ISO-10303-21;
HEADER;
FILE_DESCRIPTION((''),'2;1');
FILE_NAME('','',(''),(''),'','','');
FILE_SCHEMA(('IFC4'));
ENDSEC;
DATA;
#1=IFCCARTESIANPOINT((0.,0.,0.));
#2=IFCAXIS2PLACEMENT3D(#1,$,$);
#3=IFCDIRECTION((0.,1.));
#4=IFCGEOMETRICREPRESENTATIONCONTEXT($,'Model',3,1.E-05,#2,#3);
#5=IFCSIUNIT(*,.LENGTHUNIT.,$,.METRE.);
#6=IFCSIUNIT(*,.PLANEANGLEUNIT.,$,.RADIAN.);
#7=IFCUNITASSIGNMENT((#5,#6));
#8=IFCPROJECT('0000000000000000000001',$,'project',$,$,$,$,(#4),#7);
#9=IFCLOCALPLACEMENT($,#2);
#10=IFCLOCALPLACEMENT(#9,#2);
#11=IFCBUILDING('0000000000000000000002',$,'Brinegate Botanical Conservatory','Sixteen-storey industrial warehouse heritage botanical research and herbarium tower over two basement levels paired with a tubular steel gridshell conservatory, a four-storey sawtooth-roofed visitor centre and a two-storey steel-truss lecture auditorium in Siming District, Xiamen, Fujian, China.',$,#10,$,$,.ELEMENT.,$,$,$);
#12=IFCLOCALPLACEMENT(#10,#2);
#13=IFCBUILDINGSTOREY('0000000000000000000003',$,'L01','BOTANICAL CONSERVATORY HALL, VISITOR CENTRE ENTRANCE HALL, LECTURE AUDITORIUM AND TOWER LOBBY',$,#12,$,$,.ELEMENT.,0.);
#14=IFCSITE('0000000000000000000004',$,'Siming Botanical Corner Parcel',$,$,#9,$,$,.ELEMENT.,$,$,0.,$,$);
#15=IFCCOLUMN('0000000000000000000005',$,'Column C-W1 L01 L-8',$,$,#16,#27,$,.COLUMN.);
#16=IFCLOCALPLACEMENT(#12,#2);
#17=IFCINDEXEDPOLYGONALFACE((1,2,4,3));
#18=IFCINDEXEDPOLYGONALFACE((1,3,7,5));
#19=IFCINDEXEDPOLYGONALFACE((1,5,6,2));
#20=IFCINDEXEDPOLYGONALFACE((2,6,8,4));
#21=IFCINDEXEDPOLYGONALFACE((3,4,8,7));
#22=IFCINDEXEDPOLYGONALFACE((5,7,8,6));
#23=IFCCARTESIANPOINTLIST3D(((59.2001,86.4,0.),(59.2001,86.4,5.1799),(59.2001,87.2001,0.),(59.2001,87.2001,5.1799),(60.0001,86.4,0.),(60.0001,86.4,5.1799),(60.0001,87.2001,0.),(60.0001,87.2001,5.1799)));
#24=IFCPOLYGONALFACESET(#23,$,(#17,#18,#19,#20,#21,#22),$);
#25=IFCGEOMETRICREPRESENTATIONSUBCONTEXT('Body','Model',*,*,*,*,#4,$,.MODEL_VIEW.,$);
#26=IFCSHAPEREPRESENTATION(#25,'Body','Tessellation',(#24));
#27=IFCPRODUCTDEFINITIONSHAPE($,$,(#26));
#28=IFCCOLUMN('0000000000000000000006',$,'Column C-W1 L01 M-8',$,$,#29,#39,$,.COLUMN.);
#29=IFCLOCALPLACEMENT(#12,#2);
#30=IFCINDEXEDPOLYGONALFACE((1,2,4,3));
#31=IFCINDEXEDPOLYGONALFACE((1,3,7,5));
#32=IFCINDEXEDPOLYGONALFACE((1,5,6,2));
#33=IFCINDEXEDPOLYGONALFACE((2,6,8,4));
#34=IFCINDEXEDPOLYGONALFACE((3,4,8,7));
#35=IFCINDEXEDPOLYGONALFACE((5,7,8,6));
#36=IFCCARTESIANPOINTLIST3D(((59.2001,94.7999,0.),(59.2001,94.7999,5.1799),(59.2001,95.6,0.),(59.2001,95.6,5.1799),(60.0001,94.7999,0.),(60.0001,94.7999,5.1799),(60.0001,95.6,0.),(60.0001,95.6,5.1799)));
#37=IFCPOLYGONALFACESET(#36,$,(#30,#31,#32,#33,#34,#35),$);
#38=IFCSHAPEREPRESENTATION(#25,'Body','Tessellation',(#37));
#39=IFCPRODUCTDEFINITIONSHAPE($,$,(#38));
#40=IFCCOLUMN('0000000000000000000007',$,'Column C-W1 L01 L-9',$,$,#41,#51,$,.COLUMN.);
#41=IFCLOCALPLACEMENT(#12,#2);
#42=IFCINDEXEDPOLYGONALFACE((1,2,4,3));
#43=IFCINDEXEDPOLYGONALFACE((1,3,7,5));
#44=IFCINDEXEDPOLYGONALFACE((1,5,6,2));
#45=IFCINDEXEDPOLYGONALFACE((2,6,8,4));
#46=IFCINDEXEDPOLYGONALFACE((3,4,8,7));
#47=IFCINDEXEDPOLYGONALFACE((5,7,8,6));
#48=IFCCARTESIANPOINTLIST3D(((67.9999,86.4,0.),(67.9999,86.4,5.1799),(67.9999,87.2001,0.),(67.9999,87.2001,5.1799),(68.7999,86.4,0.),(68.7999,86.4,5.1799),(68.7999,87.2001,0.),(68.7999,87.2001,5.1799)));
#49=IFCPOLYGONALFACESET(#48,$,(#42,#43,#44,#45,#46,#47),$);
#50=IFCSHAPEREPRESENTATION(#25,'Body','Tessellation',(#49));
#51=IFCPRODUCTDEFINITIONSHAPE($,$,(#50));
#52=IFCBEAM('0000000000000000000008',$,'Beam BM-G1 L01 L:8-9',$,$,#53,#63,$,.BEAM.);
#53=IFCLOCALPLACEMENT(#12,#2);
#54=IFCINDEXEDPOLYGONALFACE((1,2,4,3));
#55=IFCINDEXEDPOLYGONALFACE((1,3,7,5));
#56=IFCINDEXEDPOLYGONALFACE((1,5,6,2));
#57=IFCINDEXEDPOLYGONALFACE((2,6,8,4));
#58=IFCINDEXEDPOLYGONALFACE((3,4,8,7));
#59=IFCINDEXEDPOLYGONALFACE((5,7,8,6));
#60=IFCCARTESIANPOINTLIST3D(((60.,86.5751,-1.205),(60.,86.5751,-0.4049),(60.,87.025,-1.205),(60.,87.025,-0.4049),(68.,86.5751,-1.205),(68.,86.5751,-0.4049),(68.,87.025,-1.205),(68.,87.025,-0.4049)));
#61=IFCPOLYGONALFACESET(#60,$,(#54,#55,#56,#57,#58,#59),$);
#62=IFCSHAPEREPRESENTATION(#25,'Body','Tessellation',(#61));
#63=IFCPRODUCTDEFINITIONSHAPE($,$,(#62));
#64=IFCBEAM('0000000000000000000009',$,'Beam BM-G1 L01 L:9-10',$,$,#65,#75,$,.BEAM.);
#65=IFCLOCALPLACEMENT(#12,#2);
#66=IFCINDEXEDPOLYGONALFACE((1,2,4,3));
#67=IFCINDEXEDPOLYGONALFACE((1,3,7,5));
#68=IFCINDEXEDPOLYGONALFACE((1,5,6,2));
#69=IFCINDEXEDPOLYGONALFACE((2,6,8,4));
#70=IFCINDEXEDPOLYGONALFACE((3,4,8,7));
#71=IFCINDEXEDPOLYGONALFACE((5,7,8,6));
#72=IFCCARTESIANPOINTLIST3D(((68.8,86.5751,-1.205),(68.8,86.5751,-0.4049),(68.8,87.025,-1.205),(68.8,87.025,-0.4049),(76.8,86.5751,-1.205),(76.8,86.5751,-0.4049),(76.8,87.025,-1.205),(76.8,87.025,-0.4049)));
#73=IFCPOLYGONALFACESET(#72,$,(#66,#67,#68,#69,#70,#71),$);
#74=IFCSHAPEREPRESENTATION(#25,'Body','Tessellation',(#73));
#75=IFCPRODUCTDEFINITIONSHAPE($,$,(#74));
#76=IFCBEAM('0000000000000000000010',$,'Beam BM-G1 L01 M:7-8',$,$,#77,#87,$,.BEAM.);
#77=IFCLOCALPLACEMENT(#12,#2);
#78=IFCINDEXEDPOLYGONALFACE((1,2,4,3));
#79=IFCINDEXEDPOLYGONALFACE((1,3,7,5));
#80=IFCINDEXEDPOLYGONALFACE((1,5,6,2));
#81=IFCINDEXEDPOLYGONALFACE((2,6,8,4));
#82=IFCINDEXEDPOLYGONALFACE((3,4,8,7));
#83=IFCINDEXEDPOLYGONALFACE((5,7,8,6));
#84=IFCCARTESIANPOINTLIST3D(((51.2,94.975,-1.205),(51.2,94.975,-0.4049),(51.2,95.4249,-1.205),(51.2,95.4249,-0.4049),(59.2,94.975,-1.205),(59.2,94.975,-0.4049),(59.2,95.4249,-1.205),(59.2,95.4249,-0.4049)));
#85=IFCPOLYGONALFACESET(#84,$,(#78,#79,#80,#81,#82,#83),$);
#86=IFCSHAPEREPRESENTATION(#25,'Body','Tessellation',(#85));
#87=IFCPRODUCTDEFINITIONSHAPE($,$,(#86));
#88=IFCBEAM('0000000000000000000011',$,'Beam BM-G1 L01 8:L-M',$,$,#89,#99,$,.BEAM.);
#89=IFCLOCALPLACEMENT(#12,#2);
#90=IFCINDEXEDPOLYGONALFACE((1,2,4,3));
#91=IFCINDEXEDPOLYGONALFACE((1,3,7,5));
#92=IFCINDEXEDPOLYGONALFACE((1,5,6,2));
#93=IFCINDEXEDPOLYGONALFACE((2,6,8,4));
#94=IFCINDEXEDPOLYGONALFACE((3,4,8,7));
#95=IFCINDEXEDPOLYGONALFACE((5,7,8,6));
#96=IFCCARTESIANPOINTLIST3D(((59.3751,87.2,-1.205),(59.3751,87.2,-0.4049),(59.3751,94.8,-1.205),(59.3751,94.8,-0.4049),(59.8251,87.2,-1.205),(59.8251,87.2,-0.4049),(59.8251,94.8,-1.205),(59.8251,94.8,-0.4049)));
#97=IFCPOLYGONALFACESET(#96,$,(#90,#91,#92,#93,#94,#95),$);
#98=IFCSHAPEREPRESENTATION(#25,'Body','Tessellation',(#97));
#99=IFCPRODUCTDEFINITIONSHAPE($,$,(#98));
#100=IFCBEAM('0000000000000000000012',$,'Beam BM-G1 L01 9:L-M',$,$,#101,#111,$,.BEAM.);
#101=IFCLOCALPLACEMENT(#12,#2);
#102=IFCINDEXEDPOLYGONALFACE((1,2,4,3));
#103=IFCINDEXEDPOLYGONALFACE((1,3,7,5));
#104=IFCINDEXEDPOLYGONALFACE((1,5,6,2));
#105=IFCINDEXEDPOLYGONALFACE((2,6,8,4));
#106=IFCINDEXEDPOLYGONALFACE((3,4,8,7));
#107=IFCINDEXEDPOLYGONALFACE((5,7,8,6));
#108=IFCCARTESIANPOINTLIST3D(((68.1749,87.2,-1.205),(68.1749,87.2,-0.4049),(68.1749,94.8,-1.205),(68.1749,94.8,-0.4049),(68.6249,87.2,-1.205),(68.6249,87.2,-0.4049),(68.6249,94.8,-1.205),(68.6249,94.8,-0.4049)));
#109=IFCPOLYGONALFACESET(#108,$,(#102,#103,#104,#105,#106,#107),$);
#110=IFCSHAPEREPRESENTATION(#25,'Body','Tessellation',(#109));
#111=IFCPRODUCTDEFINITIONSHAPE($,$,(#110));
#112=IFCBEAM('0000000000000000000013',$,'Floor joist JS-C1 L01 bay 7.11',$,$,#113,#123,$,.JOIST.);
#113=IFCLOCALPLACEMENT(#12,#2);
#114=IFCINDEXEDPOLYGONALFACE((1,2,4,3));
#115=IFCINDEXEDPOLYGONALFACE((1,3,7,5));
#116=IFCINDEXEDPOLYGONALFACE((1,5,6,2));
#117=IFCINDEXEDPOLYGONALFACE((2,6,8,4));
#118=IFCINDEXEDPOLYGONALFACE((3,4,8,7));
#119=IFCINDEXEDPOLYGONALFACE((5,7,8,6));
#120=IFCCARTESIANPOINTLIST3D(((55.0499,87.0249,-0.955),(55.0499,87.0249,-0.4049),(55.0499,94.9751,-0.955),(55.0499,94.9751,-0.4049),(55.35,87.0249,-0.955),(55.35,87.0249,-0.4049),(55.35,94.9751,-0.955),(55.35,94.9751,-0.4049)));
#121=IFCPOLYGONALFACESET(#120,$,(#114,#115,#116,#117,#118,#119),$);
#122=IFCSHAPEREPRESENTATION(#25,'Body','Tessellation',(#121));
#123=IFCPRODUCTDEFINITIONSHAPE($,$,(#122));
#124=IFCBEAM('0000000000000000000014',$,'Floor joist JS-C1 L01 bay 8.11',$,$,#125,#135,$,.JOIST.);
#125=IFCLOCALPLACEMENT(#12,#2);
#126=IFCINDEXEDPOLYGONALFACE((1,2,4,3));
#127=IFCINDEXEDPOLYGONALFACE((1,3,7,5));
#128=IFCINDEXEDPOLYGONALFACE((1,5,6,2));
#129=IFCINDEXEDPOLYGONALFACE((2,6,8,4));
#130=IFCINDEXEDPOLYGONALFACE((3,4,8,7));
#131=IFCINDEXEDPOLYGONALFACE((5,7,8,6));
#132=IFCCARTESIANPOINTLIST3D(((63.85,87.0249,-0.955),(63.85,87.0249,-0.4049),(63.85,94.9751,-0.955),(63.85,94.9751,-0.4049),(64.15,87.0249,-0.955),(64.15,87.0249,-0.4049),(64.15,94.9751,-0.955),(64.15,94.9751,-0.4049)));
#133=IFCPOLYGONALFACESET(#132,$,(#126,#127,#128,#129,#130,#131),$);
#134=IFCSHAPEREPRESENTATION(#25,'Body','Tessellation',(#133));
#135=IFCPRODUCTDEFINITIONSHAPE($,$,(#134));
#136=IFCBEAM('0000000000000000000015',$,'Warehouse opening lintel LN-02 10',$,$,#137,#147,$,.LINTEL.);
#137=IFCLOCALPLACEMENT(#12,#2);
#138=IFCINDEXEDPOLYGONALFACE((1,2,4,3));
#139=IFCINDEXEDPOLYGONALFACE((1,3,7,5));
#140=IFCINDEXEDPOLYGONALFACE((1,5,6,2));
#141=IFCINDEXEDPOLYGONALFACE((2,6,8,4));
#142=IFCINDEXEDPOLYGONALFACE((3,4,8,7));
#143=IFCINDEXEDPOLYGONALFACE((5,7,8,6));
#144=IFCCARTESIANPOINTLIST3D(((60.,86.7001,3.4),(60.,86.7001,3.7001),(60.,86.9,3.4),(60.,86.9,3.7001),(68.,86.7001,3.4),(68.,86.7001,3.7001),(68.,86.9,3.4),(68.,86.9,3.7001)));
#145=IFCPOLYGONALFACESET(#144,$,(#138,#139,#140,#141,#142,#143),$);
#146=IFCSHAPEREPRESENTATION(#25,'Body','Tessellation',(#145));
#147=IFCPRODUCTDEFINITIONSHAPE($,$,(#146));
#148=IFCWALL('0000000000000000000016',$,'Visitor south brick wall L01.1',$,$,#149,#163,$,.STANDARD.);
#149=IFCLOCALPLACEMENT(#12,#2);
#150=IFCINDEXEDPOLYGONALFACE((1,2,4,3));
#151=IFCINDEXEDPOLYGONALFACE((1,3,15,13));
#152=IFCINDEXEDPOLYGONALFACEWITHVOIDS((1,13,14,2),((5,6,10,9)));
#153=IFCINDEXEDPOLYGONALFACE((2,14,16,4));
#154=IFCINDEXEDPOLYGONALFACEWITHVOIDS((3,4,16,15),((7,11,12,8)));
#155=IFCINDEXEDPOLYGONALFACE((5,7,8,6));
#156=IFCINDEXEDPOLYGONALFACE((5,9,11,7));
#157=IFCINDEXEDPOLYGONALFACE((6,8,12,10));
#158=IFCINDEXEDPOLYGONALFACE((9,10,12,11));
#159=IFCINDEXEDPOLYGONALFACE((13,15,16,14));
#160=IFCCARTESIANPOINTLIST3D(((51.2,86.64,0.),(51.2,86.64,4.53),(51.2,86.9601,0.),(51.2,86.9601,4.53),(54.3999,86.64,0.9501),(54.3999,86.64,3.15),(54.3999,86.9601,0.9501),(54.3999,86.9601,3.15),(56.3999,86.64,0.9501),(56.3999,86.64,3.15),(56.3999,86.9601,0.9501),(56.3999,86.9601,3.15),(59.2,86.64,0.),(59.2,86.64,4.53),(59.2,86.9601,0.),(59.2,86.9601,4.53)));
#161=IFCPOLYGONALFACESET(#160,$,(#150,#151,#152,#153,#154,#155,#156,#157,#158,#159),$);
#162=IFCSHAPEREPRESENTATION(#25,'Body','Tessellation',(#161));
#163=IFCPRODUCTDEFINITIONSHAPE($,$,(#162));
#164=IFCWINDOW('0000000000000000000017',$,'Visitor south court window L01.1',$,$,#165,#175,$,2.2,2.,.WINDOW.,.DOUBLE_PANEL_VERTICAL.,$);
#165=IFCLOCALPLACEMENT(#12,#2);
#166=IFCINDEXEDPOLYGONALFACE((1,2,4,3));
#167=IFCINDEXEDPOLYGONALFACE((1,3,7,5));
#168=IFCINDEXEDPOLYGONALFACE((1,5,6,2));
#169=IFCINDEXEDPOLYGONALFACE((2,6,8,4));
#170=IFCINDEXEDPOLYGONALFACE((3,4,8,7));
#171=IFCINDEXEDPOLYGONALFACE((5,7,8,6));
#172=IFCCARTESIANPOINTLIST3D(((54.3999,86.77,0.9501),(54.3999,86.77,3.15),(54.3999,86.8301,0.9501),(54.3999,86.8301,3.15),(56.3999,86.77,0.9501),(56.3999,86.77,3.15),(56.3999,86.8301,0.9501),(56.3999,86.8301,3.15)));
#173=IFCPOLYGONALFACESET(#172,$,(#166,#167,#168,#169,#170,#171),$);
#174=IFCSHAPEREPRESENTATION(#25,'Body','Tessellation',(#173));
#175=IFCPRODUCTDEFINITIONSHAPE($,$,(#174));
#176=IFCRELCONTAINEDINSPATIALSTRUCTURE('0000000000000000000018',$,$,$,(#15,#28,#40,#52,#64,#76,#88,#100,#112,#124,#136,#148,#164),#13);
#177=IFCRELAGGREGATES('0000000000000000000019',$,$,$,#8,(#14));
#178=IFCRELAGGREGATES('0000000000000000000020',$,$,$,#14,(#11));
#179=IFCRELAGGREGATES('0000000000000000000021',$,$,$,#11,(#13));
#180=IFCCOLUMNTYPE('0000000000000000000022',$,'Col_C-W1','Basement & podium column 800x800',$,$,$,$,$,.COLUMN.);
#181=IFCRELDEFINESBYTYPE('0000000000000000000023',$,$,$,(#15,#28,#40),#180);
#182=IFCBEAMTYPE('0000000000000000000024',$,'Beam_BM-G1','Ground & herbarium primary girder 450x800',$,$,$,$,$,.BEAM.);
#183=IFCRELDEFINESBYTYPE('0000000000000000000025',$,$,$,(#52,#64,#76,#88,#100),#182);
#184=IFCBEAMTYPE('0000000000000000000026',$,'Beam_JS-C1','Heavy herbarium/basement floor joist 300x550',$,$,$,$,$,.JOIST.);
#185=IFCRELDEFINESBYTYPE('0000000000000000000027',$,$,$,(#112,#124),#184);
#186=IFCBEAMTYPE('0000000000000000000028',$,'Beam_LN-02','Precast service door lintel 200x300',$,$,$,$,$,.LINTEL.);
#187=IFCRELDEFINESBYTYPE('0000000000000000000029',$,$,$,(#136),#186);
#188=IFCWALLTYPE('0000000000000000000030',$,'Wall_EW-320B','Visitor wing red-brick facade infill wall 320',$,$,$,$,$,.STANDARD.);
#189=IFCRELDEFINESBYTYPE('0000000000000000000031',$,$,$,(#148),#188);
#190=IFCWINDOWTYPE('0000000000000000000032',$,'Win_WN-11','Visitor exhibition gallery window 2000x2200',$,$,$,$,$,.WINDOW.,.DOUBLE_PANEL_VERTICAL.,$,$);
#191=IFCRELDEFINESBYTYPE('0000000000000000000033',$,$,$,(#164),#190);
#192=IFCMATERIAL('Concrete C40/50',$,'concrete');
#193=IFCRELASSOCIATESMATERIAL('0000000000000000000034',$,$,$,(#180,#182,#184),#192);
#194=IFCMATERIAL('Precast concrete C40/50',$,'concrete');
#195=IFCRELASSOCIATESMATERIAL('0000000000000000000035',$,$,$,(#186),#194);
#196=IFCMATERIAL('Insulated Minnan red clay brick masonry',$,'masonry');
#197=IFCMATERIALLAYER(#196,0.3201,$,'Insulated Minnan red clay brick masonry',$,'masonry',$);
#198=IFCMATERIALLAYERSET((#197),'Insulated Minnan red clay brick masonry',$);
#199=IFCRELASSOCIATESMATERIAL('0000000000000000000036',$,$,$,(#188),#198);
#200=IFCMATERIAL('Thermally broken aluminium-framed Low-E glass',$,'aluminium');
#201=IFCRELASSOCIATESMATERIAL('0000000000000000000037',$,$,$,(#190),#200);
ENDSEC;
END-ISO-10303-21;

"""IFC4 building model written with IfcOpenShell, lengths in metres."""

from ifc_helpers import new_model, si_unit, direction, frame, frame_2d, origin, origin_2d, place, context, subcontext, project, spatial, rectangle, extrude, material, layer, layer_set, material_profile, profile_set, type_object, element, fill, save


model = new_model("IFC4")

# Units and contexts
model_context = context("Model", 3, precision=1e-05, world=origin(), true_north=direction((0.0, 1.0)))
body_context = subcontext(model_context, "Body", "Model", "MODEL_VIEW")
ifc_project = project(units=[si_unit("LENGTHUNIT", "METRE"), si_unit("PLANEANGLEUNIT", "RADIAN")], contexts=[model_context])

# Site, building, storey
site_placement = place(None, origin())
site = spatial("IfcSite", under=ifc_project, at=site_placement, Name="Siming Botanical Corner Parcel", CompositionType="ELEMENT", RefElevation=0.0)
building_placement = place(site_placement, origin())
building = spatial("IfcBuilding", under=site, at=building_placement, Name="Brinegate Botanical Conservatory", Description="Sixteen-storey industrial warehouse heritage botanical research and herbarium tower over two basement levels paired with a tubular steel gridshell conservatory, a four-storey sawtooth-roofed visitor centre and a two-storey steel-truss lecture auditorium in Siming District, Xiamen, Fujian, China.", CompositionType="ELEMENT")
storey_placement = place(building_placement, origin())
storey = spatial("IfcBuildingStorey", under=building, at=storey_placement, Name="L01", Description="BOTANICAL CONSERVATORY HALL, VISITOR CENTRE ENTRANCE HALL, LECTURE AUDITORIUM AND TOWER LOBBY", CompositionType="ELEMENT", Elevation=0.0)

# Columns
ifc_material_1 = material(Name="Concrete C40/50", Category="concrete")
ifc_material_profile_1 = material_profile(ifc_material_1, rectangle(XDim=0.8, YDim=0.8, at=origin_2d()), Name="RC COL 800x800")
ifc_profile_set_1 = profile_set([ifc_material_profile_1], Name="Concrete C40/50")
column_type = type_object("IfcColumnType", Name="Col_C-W1", Description="Basement & podium column 800x800", PredefinedType="COLUMN", material=ifc_profile_set_1)
for number, where, z_axis, x_axis, name in (
    (1, (59.6001, 86.8, 0.0), (0.0, 0.0, 1.0), (1.0, 0.0, 0.0), "Column C-W1 L01 L-8"),
    (2, (59.6001, 95.2, 0.0), (0.0, 0.0, 1.0), (1.0, 0.0, 0.0), "Column C-W1 L01 M-8"),
    (3, (68.3999, 86.8, 0.0), (0.0, 0.0, 1.0), (1.0, 0.0, 0.0), "Column C-W1 L01 L-9"),
):
    element("IfcColumn", number, at=place(storey_placement, frame(where, z_axis=z_axis, x_axis=x_axis)), inside=storey, type_object=column_type, Name=name, PredefinedType="COLUMN", context=body_context, shape_type="SweptSolid", body=[
        extrude(rectangle(XDim=0.8, YDim=0.8, at=origin_2d()), origin(), (0.0, 0.0, 1.0), 5.1799),
    ])

# Beams
ifc_material_profile_2 = material_profile(ifc_material_1, rectangle(XDim=0.45, YDim=0.8, at=origin_2d()), Name="RC BM 450x800")
ifc_profile_set_2 = profile_set([ifc_material_profile_2], Name="Concrete C40/50")
beam_type_1 = type_object("IfcBeamType", Name="Beam_BM-G1", Description="Ground & herbarium primary girder 450x800", PredefinedType="BEAM", material=ifc_profile_set_2)
for number, where, z_axis, x_axis, name in (
    (4, (60.0, 86.8, -0.8049), (1.0, 0.0, 0.0), (0.0, 1.0, 0.0), "Beam BM-G1 L01 L:8-9"),
    (5, (68.8, 86.8, -0.8049), (1.0, 0.0, 0.0), (0.0, 1.0, 0.0), "Beam BM-G1 L01 L:9-10"),
    (6, (51.2, 95.2, -0.8049), (1.0, 0.0, 0.0), (0.0, 1.0, 0.0), "Beam BM-G1 L01 M:7-8"),
):
    element("IfcBeam", number, at=place(storey_placement, frame(where, z_axis=z_axis, x_axis=x_axis)), inside=storey, type_object=beam_type_1, Name=name, PredefinedType="BEAM", context=body_context, shape_type="SweptSolid", body=[
        extrude(rectangle(XDim=0.45, YDim=0.8, at=origin_2d()), origin(), (0.0, 0.0, 1.0), 8.0),
    ])
for number, where, z_axis, x_axis, name in (
    (7, (59.6001, 87.2, -0.8049), (0.0, 1.0, 0.0), (-1.0, 0.0, 0.0), "Beam BM-G1 L01 8:L-M"),
    (8, (68.3999, 87.2, -0.8049), (0.0, 1.0, 0.0), (-1.0, 0.0, 0.0), "Beam BM-G1 L01 9:L-M"),
):
    element("IfcBeam", number, at=place(storey_placement, frame(where, z_axis=z_axis, x_axis=x_axis)), inside=storey, type_object=beam_type_1, Name=name, PredefinedType="BEAM", context=body_context, shape_type="SweptSolid", body=[
        extrude(rectangle(XDim=0.45, YDim=0.8, at=origin_2d()), origin(), (0.0, 0.0, 1.0), 7.6001),
    ])
ifc_material_profile_3 = material_profile(ifc_material_1, rectangle(XDim=0.3, YDim=0.55, at=origin_2d()), Name="RC JST 300x550")
ifc_profile_set_3 = profile_set([ifc_material_profile_3], Name="Concrete C40/50")
beam_type_2 = type_object("IfcBeamType", Name="Beam_JS-C1", Description="Heavy herbarium/basement floor joist 300x550", PredefinedType="JOIST", material=ifc_profile_set_3)
for number, where, z_axis, x_axis, name in (
    (9, (55.2, 87.0249, -0.6799), (0.0, 1.0, 0.0), (-1.0, 0.0, 0.0), "Floor joist JS-C1 L01 bay 7.11"),
    (10, (64.0, 87.0249, -0.6799), (0.0, 1.0, 0.0), (-1.0, 0.0, 0.0), "Floor joist JS-C1 L01 bay 8.11"),
):
    element("IfcBeam", number, at=place(storey_placement, frame(where, z_axis=z_axis, x_axis=x_axis)), inside=storey, type_object=beam_type_2, Name=name, PredefinedType="JOIST", context=body_context, shape_type="SweptSolid", body=[
        extrude(rectangle(XDim=0.3, YDim=0.55, at=origin_2d()), origin(), (0.0, 0.0, 1.0), 7.9502),
    ])
ifc_material_2 = material(Name="Precast concrete C40/50", Category="concrete")
ifc_material_profile_4 = material_profile(ifc_material_2, rectangle(XDim=0.2, YDim=0.3, at=origin_2d()), Name="RC LNT 200x300")
ifc_profile_set_4 = profile_set([ifc_material_profile_4], Name="Precast concrete C40/50")
beam_type_3 = type_object("IfcBeamType", Name="Beam_LN-02", Description="Precast service door lintel 200x300", PredefinedType="LINTEL", material=ifc_profile_set_4)
beam_placement = place(storey_placement, frame((60.0, 86.8, 3.55), z_axis=(1.0, 0.0, 0.0), x_axis=(0.0, 1.0, 0.0)))
element("IfcBeam", 11, at=beam_placement, inside=storey, type_object=beam_type_3, Name="Warehouse opening lintel LN-02 10", PredefinedType="LINTEL", context=body_context, shape_type="SweptSolid", body=[
    extrude(rectangle(XDim=0.2, YDim=0.3, at=origin_2d()), origin(), (0.0, 0.0, 1.0), 8.0),
])

# Wall, opening, window
ifc_material_3 = material(Name="Insulated Minnan red clay brick masonry", Category="masonry")
ifc_layer_1 = layer(ifc_material_3, 0.3201, Name="Insulated Minnan red clay brick masonry", Category="masonry")
ifc_layer_set_1 = layer_set([ifc_layer_1], Name="Insulated Minnan red clay brick masonry")
wall_type_1 = type_object("IfcWallType", Name="Wall_EW-320B", Description="Visitor wing red-brick facade infill wall 320", PredefinedType="STANDARD", material=ifc_layer_set_1)
wall_1_placement = place(storey_placement, frame((59.2, 86.8, 0.0), z_axis=(0.0, 0.0, 1.0), x_axis=(-1.0, 0.0, 0.0)))
wall_1 = element("IfcWall", 12, at=wall_1_placement, inside=storey, type_object=wall_type_1, Name="Visitor south brick wall L01.1", PredefinedType="STANDARD", context=body_context, shape_type="SweptSolid", body=[
    extrude(rectangle(XDim=8.0, YDim=0.3201, at=frame_2d((4.0, 0.0))), origin(), (0.0, 0.0, 1.0), 4.53),
])
opening_1_placement = place(wall_1_placement, frame((2.8, 0.0, 0.95)))
opening_1 = element("IfcOpeningElement", 13, at=opening_1_placement, cuts=wall_1, PredefinedType="OPENING", context=body_context, shape_type="SweptSolid", body=[
    extrude(rectangle(XDim=2.0, YDim=2.2, at=frame_2d((1.0, 1.1001))), frame((0.0, 0.1699, 0.0), z_axis=(0.0, -1.0, 0.0), x_axis=(1.0, 0.0, 0.0)), (0.0, 0.0, 1.0), 0.3401),
])
ifc_material_4 = material(Name="Thermally broken aluminium-framed Low-E glass", Category="aluminium")
window_type = type_object("IfcWindowType", Name="Win_WN-11", Description="Visitor exhibition gallery window 2000x2200", PartitioningType="DOUBLE_PANEL_VERTICAL", PredefinedType="WINDOW", material=ifc_material_4)
window_placement = place(opening_1_placement, origin())
window = element("IfcWindow", 14, at=window_placement, inside=storey, type_object=window_type, Name="Visitor south court window L01.1", OverallHeight=2.2, OverallWidth=2.0, PartitioningType="DOUBLE_PANEL_VERTICAL", PredefinedType="WINDOW", context=body_context, shape_type="SweptSolid", body=[
    extrude(rectangle(XDim=2.0, YDim=2.2, at=frame_2d((1.0, 1.1001))), frame((0.0, 0.03, 0.0), z_axis=(0.0, -1.0, 0.0), x_axis=(1.0, 0.0, 0.0)), (0.0, 0.0, 1.0), 0.0601),
])
fill(opening_1, window)

save(model, "model.ifc")
